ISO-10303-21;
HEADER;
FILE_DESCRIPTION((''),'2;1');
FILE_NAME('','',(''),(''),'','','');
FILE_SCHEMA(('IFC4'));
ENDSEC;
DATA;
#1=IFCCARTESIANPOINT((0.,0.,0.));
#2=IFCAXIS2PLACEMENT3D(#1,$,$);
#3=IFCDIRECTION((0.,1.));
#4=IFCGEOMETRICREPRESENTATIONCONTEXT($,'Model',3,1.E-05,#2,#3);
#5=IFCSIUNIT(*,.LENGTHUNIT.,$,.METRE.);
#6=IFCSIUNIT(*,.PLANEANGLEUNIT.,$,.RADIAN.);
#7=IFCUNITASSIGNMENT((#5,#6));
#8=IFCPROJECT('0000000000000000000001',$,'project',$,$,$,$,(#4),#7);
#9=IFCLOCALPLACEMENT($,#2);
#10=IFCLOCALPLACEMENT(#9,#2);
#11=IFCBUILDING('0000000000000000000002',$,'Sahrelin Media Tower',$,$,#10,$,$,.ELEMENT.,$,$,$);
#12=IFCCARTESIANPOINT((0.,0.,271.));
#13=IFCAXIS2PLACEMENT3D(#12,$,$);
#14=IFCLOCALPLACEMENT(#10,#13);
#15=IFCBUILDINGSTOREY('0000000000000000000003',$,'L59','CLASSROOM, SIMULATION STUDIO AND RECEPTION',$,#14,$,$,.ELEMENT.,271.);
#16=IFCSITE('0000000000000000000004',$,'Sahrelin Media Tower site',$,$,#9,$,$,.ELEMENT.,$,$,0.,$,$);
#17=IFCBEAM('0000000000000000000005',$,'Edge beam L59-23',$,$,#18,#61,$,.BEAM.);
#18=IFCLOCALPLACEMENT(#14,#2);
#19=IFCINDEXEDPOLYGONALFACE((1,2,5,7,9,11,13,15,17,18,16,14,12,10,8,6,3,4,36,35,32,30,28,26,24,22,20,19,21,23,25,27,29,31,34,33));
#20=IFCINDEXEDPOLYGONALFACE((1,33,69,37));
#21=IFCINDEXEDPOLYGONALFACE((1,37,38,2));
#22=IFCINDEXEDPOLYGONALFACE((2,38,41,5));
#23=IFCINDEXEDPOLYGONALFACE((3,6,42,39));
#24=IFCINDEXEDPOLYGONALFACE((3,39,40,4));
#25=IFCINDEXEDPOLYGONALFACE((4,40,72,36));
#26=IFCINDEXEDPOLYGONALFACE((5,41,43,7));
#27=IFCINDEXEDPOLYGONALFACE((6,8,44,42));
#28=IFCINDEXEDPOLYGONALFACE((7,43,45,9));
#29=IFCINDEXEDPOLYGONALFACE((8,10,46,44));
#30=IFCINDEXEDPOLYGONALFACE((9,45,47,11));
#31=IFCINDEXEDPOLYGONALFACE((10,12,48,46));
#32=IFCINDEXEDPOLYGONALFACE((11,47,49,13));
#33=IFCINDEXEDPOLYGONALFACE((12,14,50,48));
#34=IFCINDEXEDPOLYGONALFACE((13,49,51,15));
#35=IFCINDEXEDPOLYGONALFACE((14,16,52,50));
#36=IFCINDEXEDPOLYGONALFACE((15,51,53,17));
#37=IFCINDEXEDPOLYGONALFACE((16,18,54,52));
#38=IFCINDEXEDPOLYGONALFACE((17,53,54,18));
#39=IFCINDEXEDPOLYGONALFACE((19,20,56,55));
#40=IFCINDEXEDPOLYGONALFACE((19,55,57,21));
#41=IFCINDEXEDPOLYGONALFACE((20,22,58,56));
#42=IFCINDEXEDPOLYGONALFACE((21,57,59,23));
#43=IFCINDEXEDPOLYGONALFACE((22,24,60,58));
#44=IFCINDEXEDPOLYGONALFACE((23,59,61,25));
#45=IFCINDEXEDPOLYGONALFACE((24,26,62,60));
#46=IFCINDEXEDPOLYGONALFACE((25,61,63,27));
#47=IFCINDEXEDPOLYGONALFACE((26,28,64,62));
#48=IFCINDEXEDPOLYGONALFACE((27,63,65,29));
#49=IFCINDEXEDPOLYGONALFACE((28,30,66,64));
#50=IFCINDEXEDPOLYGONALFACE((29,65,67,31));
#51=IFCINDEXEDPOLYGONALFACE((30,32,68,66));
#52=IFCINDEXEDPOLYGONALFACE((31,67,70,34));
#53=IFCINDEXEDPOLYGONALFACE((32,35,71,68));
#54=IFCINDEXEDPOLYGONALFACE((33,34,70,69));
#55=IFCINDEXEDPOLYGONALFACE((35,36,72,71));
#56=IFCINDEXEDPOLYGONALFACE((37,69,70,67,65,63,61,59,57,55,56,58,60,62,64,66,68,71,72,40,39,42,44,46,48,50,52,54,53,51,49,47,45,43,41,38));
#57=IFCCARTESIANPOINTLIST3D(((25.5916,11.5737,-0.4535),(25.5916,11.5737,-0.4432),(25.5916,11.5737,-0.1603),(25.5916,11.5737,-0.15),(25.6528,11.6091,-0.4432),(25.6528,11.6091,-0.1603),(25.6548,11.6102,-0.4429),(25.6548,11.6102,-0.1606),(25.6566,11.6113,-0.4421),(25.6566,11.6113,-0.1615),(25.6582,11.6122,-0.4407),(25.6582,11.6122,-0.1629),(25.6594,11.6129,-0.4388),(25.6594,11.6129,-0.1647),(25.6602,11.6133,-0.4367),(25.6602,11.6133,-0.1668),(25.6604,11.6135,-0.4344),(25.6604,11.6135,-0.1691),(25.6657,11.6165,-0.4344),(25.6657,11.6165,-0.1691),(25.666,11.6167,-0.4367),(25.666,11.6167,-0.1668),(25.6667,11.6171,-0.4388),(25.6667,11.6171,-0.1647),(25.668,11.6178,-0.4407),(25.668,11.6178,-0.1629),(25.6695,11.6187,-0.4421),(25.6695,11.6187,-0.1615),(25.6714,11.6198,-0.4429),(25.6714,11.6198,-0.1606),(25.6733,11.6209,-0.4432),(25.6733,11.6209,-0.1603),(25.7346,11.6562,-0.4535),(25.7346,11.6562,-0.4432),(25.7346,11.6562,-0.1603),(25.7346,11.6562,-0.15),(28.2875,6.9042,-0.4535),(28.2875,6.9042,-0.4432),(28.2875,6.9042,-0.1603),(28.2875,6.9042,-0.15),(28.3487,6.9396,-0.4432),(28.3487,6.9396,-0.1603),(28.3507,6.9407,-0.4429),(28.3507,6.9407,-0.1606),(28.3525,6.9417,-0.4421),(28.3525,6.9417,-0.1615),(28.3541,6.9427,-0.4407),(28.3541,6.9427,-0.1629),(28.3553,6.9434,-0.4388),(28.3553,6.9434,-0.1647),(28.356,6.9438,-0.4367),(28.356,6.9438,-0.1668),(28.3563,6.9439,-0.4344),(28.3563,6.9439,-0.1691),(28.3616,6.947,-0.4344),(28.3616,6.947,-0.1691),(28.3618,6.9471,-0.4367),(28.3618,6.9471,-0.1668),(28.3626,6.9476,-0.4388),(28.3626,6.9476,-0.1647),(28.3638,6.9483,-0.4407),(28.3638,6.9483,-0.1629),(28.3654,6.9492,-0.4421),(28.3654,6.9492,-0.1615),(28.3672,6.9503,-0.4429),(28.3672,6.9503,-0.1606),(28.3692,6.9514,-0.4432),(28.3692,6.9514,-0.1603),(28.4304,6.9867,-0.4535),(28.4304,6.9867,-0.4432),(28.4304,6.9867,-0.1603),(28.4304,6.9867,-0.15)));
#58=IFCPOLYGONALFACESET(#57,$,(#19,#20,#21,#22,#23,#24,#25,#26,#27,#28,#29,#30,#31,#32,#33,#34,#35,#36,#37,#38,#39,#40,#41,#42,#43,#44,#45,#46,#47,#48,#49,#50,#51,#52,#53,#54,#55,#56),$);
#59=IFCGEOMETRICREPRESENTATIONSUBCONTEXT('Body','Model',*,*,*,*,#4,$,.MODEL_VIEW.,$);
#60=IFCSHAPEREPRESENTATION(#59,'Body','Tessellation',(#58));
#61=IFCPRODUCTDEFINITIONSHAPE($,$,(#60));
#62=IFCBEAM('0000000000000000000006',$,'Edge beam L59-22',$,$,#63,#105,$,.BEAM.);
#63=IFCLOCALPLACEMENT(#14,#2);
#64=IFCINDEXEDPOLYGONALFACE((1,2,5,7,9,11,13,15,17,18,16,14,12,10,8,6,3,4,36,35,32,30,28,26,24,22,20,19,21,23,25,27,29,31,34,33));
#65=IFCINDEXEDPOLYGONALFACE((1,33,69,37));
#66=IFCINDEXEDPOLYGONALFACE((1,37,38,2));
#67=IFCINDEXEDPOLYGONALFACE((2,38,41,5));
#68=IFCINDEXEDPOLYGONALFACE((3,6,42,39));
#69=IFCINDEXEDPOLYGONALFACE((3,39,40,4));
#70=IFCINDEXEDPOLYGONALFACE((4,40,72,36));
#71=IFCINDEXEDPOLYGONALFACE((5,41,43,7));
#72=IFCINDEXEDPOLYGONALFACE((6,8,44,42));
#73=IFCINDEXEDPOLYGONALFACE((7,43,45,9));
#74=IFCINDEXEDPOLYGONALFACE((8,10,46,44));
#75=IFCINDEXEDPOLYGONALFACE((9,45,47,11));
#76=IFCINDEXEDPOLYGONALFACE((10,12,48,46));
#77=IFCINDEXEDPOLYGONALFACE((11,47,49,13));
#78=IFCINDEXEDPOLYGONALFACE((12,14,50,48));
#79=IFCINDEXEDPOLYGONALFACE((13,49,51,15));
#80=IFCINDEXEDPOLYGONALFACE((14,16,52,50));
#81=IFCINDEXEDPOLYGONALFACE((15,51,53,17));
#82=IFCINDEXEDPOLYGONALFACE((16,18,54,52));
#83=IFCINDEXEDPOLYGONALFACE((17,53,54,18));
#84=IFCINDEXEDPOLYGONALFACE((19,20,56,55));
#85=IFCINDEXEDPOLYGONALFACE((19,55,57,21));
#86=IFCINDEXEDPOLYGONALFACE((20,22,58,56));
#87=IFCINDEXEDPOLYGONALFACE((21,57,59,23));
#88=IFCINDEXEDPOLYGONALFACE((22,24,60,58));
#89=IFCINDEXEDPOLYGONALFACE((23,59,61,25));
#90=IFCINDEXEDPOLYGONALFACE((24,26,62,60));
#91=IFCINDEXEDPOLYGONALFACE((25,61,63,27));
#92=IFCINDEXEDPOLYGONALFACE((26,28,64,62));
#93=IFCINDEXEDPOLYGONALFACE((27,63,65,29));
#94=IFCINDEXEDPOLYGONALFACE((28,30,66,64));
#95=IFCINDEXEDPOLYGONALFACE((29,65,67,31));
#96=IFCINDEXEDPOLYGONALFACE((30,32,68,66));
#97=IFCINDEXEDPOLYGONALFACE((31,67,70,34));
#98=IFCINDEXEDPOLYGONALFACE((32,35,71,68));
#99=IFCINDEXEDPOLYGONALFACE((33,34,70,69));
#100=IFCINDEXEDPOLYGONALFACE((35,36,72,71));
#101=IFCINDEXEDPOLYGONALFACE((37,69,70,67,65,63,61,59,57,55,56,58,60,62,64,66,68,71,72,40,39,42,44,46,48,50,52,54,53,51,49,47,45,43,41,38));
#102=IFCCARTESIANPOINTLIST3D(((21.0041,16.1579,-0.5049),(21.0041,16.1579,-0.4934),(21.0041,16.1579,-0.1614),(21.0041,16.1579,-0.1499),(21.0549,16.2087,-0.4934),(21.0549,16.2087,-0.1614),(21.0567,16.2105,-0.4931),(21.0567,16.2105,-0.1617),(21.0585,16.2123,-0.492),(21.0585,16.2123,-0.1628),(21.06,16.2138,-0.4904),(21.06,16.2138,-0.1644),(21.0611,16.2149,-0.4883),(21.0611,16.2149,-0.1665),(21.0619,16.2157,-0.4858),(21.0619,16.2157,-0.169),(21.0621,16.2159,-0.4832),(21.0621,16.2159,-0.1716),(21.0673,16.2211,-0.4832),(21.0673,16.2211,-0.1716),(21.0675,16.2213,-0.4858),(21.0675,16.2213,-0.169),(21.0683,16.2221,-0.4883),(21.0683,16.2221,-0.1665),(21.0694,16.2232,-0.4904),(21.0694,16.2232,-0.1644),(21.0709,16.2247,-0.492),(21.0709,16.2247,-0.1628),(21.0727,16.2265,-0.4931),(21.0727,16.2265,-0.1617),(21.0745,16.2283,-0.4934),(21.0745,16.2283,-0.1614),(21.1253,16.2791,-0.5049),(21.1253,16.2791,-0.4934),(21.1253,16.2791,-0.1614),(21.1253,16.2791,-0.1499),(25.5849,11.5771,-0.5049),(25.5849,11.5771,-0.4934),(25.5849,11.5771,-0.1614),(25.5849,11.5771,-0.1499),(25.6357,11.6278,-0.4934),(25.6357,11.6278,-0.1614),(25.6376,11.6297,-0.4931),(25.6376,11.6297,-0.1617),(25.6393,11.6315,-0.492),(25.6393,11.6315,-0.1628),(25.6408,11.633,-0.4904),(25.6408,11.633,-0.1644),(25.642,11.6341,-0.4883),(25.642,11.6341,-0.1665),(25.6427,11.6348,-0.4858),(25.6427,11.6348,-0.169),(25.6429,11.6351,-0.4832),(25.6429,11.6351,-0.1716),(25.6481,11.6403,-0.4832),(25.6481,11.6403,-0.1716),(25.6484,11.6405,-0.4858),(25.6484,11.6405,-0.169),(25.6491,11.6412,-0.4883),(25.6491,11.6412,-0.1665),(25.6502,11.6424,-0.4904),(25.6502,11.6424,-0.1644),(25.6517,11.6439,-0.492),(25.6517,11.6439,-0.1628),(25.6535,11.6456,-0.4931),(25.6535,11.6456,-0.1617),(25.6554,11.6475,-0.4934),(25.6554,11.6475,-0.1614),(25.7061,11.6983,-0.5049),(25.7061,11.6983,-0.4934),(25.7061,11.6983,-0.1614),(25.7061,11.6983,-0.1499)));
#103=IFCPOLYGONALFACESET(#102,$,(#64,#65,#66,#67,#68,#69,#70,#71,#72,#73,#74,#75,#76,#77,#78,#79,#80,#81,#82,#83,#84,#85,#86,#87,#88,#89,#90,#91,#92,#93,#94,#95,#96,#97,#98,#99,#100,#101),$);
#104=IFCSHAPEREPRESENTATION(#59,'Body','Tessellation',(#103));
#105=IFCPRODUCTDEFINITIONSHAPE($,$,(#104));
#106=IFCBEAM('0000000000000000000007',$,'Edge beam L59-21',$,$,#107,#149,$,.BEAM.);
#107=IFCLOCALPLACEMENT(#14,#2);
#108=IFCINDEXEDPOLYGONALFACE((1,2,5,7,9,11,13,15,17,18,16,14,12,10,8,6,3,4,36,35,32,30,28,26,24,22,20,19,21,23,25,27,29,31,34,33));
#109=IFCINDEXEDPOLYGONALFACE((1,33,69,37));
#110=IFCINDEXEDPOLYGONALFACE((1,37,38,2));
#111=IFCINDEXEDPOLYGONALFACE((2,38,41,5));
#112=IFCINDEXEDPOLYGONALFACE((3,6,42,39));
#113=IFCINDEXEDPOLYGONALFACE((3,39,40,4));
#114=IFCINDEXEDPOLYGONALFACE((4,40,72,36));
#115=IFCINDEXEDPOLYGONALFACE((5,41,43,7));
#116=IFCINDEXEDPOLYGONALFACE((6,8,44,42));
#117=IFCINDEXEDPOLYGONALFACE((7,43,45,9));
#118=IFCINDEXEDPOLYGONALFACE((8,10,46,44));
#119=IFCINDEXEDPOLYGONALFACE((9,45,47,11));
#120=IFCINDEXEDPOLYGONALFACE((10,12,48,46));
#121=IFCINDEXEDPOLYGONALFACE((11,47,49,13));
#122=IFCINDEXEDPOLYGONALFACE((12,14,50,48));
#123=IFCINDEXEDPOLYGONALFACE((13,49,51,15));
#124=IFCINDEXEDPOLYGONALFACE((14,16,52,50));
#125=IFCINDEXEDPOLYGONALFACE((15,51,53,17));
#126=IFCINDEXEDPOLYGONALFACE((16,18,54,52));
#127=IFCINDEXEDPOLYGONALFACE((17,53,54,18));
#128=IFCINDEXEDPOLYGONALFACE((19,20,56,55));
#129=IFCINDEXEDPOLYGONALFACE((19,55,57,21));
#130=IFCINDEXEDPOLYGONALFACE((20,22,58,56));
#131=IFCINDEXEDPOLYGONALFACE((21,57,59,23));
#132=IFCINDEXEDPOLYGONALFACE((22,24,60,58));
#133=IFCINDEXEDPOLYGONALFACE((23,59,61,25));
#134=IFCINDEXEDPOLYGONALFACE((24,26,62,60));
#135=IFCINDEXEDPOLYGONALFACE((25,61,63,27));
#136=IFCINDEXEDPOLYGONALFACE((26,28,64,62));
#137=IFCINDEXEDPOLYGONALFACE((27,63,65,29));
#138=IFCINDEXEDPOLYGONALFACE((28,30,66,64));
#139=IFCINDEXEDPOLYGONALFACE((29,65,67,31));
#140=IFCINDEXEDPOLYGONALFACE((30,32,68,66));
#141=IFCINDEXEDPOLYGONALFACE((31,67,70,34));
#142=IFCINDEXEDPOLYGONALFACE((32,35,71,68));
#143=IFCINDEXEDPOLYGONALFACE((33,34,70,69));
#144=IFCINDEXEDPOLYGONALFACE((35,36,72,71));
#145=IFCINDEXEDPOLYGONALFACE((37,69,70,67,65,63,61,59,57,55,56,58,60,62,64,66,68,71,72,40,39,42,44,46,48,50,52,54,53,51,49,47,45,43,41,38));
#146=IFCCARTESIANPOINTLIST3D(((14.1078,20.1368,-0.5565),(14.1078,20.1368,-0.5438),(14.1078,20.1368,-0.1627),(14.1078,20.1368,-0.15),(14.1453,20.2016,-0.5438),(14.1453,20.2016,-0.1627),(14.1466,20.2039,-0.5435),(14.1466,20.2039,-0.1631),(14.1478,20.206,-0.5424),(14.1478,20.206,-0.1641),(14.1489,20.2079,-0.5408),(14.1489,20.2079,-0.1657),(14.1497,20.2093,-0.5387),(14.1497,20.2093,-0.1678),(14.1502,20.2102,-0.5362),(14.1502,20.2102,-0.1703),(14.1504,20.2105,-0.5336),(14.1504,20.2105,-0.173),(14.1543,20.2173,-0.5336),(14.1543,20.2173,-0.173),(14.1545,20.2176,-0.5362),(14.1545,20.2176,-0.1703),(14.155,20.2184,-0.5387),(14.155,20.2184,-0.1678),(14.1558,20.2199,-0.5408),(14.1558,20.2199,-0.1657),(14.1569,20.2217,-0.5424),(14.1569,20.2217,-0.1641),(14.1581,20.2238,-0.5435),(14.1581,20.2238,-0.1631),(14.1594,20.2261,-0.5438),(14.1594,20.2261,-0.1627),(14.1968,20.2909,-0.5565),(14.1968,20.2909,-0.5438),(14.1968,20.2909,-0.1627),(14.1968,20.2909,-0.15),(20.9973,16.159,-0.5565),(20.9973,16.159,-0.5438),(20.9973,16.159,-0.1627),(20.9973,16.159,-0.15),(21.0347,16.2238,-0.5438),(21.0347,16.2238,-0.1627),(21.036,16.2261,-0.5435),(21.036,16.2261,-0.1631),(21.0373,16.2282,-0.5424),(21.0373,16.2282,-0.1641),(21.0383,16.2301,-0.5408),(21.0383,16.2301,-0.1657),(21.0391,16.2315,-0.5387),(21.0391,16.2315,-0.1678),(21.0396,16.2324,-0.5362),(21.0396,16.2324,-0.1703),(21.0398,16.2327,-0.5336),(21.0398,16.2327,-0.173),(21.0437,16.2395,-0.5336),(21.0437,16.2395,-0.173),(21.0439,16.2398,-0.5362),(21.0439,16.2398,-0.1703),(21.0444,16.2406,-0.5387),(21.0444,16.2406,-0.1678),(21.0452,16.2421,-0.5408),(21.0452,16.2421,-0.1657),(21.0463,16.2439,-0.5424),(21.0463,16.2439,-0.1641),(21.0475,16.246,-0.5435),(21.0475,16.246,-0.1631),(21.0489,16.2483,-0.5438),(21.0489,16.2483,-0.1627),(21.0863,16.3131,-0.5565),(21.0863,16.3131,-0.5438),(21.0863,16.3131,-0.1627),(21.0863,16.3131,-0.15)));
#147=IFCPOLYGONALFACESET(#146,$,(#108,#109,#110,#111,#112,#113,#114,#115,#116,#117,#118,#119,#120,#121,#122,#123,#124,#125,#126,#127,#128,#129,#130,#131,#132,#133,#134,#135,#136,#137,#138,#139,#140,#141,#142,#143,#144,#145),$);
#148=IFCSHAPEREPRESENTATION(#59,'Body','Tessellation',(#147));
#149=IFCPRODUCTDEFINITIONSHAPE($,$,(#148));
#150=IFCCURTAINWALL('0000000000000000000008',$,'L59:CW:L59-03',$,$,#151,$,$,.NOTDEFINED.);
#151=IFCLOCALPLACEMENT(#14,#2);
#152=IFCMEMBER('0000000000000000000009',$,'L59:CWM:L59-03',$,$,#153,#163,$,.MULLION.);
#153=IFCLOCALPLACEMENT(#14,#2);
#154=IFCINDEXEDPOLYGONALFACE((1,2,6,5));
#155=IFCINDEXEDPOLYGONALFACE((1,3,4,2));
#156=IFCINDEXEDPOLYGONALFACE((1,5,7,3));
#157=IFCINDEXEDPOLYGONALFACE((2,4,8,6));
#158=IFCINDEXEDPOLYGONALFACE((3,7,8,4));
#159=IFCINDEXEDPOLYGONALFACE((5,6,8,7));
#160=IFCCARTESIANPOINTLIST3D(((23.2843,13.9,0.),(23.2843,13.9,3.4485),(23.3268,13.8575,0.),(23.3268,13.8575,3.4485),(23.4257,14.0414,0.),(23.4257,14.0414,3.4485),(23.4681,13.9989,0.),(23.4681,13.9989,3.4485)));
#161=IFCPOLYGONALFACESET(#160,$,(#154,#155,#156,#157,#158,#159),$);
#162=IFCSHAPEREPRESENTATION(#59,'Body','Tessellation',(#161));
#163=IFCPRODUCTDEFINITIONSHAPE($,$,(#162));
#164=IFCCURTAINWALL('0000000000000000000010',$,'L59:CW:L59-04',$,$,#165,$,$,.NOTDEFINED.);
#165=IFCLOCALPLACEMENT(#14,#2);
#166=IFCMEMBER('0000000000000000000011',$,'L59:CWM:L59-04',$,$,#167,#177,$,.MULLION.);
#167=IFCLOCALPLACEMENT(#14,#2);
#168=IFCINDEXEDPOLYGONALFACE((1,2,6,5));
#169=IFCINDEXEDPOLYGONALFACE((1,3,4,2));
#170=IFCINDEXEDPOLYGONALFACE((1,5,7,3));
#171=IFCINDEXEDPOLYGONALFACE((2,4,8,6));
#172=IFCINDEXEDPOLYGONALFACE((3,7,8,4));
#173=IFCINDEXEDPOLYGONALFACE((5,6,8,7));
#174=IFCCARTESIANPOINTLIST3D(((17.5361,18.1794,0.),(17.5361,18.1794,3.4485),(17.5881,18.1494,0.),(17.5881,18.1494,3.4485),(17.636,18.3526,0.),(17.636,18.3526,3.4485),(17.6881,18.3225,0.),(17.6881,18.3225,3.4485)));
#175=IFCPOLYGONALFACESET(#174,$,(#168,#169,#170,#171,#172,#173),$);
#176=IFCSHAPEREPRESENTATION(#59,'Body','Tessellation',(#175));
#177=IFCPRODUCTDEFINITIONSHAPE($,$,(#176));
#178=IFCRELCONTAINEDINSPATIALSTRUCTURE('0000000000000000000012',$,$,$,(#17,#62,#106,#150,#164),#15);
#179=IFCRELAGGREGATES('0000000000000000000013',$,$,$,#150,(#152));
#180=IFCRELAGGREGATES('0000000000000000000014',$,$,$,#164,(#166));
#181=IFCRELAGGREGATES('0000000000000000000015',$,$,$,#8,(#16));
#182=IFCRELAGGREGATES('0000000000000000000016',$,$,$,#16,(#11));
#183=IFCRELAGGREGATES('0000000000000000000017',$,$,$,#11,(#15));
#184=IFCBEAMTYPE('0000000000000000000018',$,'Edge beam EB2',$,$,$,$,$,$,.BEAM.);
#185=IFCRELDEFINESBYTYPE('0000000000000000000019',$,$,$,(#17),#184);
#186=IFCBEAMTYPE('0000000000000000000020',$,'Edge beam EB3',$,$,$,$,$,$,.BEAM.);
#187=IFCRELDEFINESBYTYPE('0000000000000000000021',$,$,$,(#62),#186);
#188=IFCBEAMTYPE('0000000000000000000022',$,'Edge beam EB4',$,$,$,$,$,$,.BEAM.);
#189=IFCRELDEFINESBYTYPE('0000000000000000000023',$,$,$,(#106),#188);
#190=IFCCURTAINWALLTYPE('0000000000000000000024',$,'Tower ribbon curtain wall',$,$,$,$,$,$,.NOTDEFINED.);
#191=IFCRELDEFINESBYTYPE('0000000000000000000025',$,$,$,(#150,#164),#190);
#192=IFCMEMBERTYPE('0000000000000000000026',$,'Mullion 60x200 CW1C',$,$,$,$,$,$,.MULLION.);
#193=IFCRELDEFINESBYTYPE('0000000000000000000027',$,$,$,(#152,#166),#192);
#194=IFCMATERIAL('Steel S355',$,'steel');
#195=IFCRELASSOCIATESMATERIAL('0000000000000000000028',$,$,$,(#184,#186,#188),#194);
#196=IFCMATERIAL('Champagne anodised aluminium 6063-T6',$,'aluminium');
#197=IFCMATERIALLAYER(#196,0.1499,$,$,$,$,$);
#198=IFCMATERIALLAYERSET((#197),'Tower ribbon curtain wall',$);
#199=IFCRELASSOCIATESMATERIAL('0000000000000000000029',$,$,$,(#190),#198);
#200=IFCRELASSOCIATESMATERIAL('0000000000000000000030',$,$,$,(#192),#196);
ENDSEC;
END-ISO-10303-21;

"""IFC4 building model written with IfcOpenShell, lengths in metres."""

from ifc_helpers import new_model, si_unit, direction, frame, origin, origin_2d, place, context, subcontext, project, spatial, rectangle, i_section, extrude, material, layer, layer_set, material_profile, profile_set, type_object, element, aggregate, save


model = new_model("IFC4")

# Units and contexts
model_context = context("Model", 3, precision=1e-05, world=origin(), true_north=direction((0.0, 1.0)))
body_context = subcontext(model_context, "Body", "Model", "MODEL_VIEW")
ifc_project = project(units=[si_unit("LENGTHUNIT", "METRE"), si_unit("PLANEANGLEUNIT", "RADIAN")], contexts=[model_context])

# Site, building, storey
site_placement = place(None, origin())
site = spatial("IfcSite", under=ifc_project, at=site_placement, Name="Sahrelin Media Tower site", CompositionType="ELEMENT", RefElevation=0.0)
building_placement = place(site_placement, origin())
building = spatial("IfcBuilding", under=site, at=building_placement, Name="Sahrelin Media Tower", CompositionType="ELEMENT")
storey_placement = place(building_placement, frame((0.0, 0.0, 271.0)))
storey = spatial("IfcBuildingStorey", under=building, at=storey_placement, Name="L59", Description="CLASSROOM, SIMULATION STUDIO AND RECEPTION", CompositionType="ELEMENT", Elevation=271.0)

# Beams
ifc_material_1 = material(Name="Steel S355", Category="steel")
ifc_material_profile_1 = material_profile(ifc_material_1, i_section(OverallWidth=0.165, OverallDepth=0.3035, WebThickness=0.0061, FlangeThickness=0.0103, FilletRadius=0.0088, at=origin_2d()), Name="UB 305x165x40")
ifc_profile_set_1 = profile_set([ifc_material_profile_1], Name="Steel S355")
beam_type_1 = type_object("IfcBeamType", Name="Edge beam EB2", PredefinedType="BEAM", material=ifc_profile_set_1)
beam_1_placement = place(storey_placement, frame((25.6631, 11.615, -0.3018), z_axis=(0.499986, -0.866033, 0.0), x_axis=(0.866033, 0.499986, 0.0)))
element("IfcBeam", 1, at=beam_1_placement, inside=storey, type_object=beam_type_1, Name="Edge beam L59-23", PredefinedType="BEAM", context=body_context, shape_type="SweptSolid", body=[
    extrude(i_section(OverallWidth=0.165, OverallDepth=0.3035, WebThickness=0.0061, FlangeThickness=0.0103, FilletRadius=0.0088, at=origin_2d()), origin(), (0.0, 0.0, 1.0), 5.3918),
])
ifc_material_profile_2 = material_profile(ifc_material_1, i_section(OverallWidth=0.1714, OverallDepth=0.355, WebThickness=0.0073, FlangeThickness=0.0115, FilletRadius=0.0103, at=origin_2d()), Name="UB 356x171x51")
ifc_profile_set_2 = profile_set([ifc_material_profile_2], Name="Steel S355")
beam_type_2 = type_object("IfcBeamType", Name="Edge beam EB3", PredefinedType="BEAM", material=ifc_profile_set_2)
beam_2_placement = place(storey_placement, frame((21.0647, 16.2185, -0.3274), z_axis=(0.707107, -0.707107, 0.0), x_axis=(0.707107, 0.707107, 0.0)))
element("IfcBeam", 2, at=beam_2_placement, inside=storey, type_object=beam_type_2, Name="Edge beam L59-22", PredefinedType="BEAM", context=body_context, shape_type="SweptSolid", body=[
    extrude(i_section(OverallWidth=0.1714, OverallDepth=0.355, WebThickness=0.0073, FlangeThickness=0.0115, FilletRadius=0.0103, at=origin_2d()), origin(), (0.0, 0.0, 1.0), 6.4783),
])
ifc_material_profile_3 = material_profile(ifc_material_1, i_section(OverallWidth=0.178, OverallDepth=0.4065, WebThickness=0.0078, FlangeThickness=0.0127, FilletRadius=0.0103, at=origin_2d()), Name="UB 406x178x60")
ifc_profile_set_3 = profile_set([ifc_material_profile_3], Name="Steel S355")
beam_type_3 = type_object("IfcBeamType", Name="Edge beam EB4", PredefinedType="BEAM", material=ifc_profile_set_3)
beam_3_placement = place(storey_placement, frame((14.1523, 20.2139, -0.3533), z_axis=(0.866015, -0.500017, 0.0), x_axis=(0.500017, 0.866015, 0.0)))
element("IfcBeam", 3, at=beam_3_placement, inside=storey, type_object=beam_type_3, Name="Edge beam L59-21", PredefinedType="BEAM", context=body_context, shape_type="SweptSolid", body=[
    extrude(i_section(OverallWidth=0.178, OverallDepth=0.4065, WebThickness=0.0078, FlangeThickness=0.0127, FilletRadius=0.0103, at=origin_2d()), origin(), (0.0, 0.0, 1.0), 7.9553),
])

# Curtain walls, members
ifc_material_2 = material(Name="Champagne anodised aluminium 6063-T6", Category="aluminium")
ifc_layer_1 = layer(ifc_material_2, 0.1499)
ifc_layer_set_1 = layer_set([ifc_layer_1], Name="Tower ribbon curtain wall")
curtain_wall_type = type_object("IfcCurtainWallType", Name="Tower ribbon curtain wall", PredefinedType="NOTDEFINED", material=ifc_layer_set_1)
curtain_wall_1_placement = place(storey_placement, frame((23.4612, 14.0342, 0.0), z_axis=(0.0, 0.0, 1.0), x_axis=(1.0, 0.0, 0.0)))
curtain_wall_1 = element("IfcCurtainWall", 4, at=curtain_wall_1_placement, inside=storey, type_object=curtain_wall_type, Name="L59:CW:L59-03", PredefinedType="NOTDEFINED")
ifc_material_profile_4 = material_profile(ifc_material_2, rectangle(XDim=0.0601, YDim=0.2, at=origin_2d()), Name="Mullion 60x200")
ifc_profile_set_4 = profile_set([ifc_material_profile_4], Name="Champagne anodised aluminium 6063-T6")
member_type_1 = type_object("IfcMemberType", Name="Mullion 60x200 CW1C", PredefinedType="MULLION", material=ifc_profile_set_4)
member_1_placement = place(storey_placement, frame((23.3762, 13.9495, 0.0), z_axis=(0.0, 0.0, 1.0), x_axis=(-0.707114, 0.707099, 0.0)))
member_1 = element("IfcMember", 5, at=member_1_placement, type_object=member_type_1, Name="L59:CWM:L59-03", PredefinedType="MULLION", context=body_context, shape_type="SweptSolid", body=[
    extrude(rectangle(XDim=0.0601, YDim=0.2, at=origin_2d()), origin(), (0.0, 0.0, 1.0), 3.4485),
])
curtain_wall_2_placement = place(storey_placement, frame((17.6721, 18.355, 0.0), z_axis=(0.0, 0.0, 1.0), x_axis=(1.0, 0.0, 0.0)))
curtain_wall_2 = element("IfcCurtainWall", 6, at=curtain_wall_2_placement, inside=storey, type_object=curtain_wall_type, Name="L59:CW:L59-04", PredefinedType="NOTDEFINED")
member_2_placement = place(storey_placement, frame((17.6121, 18.251, 0.0), z_axis=(0.0, 0.0, 1.0), x_axis=(-0.866028, 0.499995, 0.0)))
member_2 = element("IfcMember", 7, at=member_2_placement, type_object=member_type_1, Name="L59:CWM:L59-04", PredefinedType="MULLION", context=body_context, shape_type="SweptSolid", body=[
    extrude(rectangle(XDim=0.0601, YDim=0.2, at=origin_2d()), origin(), (0.0, 0.0, 1.0), 3.4485),
])

aggregate(curtain_wall_1, [member_1])
aggregate(curtain_wall_2, [member_2])

save(model, "model.ifc")
